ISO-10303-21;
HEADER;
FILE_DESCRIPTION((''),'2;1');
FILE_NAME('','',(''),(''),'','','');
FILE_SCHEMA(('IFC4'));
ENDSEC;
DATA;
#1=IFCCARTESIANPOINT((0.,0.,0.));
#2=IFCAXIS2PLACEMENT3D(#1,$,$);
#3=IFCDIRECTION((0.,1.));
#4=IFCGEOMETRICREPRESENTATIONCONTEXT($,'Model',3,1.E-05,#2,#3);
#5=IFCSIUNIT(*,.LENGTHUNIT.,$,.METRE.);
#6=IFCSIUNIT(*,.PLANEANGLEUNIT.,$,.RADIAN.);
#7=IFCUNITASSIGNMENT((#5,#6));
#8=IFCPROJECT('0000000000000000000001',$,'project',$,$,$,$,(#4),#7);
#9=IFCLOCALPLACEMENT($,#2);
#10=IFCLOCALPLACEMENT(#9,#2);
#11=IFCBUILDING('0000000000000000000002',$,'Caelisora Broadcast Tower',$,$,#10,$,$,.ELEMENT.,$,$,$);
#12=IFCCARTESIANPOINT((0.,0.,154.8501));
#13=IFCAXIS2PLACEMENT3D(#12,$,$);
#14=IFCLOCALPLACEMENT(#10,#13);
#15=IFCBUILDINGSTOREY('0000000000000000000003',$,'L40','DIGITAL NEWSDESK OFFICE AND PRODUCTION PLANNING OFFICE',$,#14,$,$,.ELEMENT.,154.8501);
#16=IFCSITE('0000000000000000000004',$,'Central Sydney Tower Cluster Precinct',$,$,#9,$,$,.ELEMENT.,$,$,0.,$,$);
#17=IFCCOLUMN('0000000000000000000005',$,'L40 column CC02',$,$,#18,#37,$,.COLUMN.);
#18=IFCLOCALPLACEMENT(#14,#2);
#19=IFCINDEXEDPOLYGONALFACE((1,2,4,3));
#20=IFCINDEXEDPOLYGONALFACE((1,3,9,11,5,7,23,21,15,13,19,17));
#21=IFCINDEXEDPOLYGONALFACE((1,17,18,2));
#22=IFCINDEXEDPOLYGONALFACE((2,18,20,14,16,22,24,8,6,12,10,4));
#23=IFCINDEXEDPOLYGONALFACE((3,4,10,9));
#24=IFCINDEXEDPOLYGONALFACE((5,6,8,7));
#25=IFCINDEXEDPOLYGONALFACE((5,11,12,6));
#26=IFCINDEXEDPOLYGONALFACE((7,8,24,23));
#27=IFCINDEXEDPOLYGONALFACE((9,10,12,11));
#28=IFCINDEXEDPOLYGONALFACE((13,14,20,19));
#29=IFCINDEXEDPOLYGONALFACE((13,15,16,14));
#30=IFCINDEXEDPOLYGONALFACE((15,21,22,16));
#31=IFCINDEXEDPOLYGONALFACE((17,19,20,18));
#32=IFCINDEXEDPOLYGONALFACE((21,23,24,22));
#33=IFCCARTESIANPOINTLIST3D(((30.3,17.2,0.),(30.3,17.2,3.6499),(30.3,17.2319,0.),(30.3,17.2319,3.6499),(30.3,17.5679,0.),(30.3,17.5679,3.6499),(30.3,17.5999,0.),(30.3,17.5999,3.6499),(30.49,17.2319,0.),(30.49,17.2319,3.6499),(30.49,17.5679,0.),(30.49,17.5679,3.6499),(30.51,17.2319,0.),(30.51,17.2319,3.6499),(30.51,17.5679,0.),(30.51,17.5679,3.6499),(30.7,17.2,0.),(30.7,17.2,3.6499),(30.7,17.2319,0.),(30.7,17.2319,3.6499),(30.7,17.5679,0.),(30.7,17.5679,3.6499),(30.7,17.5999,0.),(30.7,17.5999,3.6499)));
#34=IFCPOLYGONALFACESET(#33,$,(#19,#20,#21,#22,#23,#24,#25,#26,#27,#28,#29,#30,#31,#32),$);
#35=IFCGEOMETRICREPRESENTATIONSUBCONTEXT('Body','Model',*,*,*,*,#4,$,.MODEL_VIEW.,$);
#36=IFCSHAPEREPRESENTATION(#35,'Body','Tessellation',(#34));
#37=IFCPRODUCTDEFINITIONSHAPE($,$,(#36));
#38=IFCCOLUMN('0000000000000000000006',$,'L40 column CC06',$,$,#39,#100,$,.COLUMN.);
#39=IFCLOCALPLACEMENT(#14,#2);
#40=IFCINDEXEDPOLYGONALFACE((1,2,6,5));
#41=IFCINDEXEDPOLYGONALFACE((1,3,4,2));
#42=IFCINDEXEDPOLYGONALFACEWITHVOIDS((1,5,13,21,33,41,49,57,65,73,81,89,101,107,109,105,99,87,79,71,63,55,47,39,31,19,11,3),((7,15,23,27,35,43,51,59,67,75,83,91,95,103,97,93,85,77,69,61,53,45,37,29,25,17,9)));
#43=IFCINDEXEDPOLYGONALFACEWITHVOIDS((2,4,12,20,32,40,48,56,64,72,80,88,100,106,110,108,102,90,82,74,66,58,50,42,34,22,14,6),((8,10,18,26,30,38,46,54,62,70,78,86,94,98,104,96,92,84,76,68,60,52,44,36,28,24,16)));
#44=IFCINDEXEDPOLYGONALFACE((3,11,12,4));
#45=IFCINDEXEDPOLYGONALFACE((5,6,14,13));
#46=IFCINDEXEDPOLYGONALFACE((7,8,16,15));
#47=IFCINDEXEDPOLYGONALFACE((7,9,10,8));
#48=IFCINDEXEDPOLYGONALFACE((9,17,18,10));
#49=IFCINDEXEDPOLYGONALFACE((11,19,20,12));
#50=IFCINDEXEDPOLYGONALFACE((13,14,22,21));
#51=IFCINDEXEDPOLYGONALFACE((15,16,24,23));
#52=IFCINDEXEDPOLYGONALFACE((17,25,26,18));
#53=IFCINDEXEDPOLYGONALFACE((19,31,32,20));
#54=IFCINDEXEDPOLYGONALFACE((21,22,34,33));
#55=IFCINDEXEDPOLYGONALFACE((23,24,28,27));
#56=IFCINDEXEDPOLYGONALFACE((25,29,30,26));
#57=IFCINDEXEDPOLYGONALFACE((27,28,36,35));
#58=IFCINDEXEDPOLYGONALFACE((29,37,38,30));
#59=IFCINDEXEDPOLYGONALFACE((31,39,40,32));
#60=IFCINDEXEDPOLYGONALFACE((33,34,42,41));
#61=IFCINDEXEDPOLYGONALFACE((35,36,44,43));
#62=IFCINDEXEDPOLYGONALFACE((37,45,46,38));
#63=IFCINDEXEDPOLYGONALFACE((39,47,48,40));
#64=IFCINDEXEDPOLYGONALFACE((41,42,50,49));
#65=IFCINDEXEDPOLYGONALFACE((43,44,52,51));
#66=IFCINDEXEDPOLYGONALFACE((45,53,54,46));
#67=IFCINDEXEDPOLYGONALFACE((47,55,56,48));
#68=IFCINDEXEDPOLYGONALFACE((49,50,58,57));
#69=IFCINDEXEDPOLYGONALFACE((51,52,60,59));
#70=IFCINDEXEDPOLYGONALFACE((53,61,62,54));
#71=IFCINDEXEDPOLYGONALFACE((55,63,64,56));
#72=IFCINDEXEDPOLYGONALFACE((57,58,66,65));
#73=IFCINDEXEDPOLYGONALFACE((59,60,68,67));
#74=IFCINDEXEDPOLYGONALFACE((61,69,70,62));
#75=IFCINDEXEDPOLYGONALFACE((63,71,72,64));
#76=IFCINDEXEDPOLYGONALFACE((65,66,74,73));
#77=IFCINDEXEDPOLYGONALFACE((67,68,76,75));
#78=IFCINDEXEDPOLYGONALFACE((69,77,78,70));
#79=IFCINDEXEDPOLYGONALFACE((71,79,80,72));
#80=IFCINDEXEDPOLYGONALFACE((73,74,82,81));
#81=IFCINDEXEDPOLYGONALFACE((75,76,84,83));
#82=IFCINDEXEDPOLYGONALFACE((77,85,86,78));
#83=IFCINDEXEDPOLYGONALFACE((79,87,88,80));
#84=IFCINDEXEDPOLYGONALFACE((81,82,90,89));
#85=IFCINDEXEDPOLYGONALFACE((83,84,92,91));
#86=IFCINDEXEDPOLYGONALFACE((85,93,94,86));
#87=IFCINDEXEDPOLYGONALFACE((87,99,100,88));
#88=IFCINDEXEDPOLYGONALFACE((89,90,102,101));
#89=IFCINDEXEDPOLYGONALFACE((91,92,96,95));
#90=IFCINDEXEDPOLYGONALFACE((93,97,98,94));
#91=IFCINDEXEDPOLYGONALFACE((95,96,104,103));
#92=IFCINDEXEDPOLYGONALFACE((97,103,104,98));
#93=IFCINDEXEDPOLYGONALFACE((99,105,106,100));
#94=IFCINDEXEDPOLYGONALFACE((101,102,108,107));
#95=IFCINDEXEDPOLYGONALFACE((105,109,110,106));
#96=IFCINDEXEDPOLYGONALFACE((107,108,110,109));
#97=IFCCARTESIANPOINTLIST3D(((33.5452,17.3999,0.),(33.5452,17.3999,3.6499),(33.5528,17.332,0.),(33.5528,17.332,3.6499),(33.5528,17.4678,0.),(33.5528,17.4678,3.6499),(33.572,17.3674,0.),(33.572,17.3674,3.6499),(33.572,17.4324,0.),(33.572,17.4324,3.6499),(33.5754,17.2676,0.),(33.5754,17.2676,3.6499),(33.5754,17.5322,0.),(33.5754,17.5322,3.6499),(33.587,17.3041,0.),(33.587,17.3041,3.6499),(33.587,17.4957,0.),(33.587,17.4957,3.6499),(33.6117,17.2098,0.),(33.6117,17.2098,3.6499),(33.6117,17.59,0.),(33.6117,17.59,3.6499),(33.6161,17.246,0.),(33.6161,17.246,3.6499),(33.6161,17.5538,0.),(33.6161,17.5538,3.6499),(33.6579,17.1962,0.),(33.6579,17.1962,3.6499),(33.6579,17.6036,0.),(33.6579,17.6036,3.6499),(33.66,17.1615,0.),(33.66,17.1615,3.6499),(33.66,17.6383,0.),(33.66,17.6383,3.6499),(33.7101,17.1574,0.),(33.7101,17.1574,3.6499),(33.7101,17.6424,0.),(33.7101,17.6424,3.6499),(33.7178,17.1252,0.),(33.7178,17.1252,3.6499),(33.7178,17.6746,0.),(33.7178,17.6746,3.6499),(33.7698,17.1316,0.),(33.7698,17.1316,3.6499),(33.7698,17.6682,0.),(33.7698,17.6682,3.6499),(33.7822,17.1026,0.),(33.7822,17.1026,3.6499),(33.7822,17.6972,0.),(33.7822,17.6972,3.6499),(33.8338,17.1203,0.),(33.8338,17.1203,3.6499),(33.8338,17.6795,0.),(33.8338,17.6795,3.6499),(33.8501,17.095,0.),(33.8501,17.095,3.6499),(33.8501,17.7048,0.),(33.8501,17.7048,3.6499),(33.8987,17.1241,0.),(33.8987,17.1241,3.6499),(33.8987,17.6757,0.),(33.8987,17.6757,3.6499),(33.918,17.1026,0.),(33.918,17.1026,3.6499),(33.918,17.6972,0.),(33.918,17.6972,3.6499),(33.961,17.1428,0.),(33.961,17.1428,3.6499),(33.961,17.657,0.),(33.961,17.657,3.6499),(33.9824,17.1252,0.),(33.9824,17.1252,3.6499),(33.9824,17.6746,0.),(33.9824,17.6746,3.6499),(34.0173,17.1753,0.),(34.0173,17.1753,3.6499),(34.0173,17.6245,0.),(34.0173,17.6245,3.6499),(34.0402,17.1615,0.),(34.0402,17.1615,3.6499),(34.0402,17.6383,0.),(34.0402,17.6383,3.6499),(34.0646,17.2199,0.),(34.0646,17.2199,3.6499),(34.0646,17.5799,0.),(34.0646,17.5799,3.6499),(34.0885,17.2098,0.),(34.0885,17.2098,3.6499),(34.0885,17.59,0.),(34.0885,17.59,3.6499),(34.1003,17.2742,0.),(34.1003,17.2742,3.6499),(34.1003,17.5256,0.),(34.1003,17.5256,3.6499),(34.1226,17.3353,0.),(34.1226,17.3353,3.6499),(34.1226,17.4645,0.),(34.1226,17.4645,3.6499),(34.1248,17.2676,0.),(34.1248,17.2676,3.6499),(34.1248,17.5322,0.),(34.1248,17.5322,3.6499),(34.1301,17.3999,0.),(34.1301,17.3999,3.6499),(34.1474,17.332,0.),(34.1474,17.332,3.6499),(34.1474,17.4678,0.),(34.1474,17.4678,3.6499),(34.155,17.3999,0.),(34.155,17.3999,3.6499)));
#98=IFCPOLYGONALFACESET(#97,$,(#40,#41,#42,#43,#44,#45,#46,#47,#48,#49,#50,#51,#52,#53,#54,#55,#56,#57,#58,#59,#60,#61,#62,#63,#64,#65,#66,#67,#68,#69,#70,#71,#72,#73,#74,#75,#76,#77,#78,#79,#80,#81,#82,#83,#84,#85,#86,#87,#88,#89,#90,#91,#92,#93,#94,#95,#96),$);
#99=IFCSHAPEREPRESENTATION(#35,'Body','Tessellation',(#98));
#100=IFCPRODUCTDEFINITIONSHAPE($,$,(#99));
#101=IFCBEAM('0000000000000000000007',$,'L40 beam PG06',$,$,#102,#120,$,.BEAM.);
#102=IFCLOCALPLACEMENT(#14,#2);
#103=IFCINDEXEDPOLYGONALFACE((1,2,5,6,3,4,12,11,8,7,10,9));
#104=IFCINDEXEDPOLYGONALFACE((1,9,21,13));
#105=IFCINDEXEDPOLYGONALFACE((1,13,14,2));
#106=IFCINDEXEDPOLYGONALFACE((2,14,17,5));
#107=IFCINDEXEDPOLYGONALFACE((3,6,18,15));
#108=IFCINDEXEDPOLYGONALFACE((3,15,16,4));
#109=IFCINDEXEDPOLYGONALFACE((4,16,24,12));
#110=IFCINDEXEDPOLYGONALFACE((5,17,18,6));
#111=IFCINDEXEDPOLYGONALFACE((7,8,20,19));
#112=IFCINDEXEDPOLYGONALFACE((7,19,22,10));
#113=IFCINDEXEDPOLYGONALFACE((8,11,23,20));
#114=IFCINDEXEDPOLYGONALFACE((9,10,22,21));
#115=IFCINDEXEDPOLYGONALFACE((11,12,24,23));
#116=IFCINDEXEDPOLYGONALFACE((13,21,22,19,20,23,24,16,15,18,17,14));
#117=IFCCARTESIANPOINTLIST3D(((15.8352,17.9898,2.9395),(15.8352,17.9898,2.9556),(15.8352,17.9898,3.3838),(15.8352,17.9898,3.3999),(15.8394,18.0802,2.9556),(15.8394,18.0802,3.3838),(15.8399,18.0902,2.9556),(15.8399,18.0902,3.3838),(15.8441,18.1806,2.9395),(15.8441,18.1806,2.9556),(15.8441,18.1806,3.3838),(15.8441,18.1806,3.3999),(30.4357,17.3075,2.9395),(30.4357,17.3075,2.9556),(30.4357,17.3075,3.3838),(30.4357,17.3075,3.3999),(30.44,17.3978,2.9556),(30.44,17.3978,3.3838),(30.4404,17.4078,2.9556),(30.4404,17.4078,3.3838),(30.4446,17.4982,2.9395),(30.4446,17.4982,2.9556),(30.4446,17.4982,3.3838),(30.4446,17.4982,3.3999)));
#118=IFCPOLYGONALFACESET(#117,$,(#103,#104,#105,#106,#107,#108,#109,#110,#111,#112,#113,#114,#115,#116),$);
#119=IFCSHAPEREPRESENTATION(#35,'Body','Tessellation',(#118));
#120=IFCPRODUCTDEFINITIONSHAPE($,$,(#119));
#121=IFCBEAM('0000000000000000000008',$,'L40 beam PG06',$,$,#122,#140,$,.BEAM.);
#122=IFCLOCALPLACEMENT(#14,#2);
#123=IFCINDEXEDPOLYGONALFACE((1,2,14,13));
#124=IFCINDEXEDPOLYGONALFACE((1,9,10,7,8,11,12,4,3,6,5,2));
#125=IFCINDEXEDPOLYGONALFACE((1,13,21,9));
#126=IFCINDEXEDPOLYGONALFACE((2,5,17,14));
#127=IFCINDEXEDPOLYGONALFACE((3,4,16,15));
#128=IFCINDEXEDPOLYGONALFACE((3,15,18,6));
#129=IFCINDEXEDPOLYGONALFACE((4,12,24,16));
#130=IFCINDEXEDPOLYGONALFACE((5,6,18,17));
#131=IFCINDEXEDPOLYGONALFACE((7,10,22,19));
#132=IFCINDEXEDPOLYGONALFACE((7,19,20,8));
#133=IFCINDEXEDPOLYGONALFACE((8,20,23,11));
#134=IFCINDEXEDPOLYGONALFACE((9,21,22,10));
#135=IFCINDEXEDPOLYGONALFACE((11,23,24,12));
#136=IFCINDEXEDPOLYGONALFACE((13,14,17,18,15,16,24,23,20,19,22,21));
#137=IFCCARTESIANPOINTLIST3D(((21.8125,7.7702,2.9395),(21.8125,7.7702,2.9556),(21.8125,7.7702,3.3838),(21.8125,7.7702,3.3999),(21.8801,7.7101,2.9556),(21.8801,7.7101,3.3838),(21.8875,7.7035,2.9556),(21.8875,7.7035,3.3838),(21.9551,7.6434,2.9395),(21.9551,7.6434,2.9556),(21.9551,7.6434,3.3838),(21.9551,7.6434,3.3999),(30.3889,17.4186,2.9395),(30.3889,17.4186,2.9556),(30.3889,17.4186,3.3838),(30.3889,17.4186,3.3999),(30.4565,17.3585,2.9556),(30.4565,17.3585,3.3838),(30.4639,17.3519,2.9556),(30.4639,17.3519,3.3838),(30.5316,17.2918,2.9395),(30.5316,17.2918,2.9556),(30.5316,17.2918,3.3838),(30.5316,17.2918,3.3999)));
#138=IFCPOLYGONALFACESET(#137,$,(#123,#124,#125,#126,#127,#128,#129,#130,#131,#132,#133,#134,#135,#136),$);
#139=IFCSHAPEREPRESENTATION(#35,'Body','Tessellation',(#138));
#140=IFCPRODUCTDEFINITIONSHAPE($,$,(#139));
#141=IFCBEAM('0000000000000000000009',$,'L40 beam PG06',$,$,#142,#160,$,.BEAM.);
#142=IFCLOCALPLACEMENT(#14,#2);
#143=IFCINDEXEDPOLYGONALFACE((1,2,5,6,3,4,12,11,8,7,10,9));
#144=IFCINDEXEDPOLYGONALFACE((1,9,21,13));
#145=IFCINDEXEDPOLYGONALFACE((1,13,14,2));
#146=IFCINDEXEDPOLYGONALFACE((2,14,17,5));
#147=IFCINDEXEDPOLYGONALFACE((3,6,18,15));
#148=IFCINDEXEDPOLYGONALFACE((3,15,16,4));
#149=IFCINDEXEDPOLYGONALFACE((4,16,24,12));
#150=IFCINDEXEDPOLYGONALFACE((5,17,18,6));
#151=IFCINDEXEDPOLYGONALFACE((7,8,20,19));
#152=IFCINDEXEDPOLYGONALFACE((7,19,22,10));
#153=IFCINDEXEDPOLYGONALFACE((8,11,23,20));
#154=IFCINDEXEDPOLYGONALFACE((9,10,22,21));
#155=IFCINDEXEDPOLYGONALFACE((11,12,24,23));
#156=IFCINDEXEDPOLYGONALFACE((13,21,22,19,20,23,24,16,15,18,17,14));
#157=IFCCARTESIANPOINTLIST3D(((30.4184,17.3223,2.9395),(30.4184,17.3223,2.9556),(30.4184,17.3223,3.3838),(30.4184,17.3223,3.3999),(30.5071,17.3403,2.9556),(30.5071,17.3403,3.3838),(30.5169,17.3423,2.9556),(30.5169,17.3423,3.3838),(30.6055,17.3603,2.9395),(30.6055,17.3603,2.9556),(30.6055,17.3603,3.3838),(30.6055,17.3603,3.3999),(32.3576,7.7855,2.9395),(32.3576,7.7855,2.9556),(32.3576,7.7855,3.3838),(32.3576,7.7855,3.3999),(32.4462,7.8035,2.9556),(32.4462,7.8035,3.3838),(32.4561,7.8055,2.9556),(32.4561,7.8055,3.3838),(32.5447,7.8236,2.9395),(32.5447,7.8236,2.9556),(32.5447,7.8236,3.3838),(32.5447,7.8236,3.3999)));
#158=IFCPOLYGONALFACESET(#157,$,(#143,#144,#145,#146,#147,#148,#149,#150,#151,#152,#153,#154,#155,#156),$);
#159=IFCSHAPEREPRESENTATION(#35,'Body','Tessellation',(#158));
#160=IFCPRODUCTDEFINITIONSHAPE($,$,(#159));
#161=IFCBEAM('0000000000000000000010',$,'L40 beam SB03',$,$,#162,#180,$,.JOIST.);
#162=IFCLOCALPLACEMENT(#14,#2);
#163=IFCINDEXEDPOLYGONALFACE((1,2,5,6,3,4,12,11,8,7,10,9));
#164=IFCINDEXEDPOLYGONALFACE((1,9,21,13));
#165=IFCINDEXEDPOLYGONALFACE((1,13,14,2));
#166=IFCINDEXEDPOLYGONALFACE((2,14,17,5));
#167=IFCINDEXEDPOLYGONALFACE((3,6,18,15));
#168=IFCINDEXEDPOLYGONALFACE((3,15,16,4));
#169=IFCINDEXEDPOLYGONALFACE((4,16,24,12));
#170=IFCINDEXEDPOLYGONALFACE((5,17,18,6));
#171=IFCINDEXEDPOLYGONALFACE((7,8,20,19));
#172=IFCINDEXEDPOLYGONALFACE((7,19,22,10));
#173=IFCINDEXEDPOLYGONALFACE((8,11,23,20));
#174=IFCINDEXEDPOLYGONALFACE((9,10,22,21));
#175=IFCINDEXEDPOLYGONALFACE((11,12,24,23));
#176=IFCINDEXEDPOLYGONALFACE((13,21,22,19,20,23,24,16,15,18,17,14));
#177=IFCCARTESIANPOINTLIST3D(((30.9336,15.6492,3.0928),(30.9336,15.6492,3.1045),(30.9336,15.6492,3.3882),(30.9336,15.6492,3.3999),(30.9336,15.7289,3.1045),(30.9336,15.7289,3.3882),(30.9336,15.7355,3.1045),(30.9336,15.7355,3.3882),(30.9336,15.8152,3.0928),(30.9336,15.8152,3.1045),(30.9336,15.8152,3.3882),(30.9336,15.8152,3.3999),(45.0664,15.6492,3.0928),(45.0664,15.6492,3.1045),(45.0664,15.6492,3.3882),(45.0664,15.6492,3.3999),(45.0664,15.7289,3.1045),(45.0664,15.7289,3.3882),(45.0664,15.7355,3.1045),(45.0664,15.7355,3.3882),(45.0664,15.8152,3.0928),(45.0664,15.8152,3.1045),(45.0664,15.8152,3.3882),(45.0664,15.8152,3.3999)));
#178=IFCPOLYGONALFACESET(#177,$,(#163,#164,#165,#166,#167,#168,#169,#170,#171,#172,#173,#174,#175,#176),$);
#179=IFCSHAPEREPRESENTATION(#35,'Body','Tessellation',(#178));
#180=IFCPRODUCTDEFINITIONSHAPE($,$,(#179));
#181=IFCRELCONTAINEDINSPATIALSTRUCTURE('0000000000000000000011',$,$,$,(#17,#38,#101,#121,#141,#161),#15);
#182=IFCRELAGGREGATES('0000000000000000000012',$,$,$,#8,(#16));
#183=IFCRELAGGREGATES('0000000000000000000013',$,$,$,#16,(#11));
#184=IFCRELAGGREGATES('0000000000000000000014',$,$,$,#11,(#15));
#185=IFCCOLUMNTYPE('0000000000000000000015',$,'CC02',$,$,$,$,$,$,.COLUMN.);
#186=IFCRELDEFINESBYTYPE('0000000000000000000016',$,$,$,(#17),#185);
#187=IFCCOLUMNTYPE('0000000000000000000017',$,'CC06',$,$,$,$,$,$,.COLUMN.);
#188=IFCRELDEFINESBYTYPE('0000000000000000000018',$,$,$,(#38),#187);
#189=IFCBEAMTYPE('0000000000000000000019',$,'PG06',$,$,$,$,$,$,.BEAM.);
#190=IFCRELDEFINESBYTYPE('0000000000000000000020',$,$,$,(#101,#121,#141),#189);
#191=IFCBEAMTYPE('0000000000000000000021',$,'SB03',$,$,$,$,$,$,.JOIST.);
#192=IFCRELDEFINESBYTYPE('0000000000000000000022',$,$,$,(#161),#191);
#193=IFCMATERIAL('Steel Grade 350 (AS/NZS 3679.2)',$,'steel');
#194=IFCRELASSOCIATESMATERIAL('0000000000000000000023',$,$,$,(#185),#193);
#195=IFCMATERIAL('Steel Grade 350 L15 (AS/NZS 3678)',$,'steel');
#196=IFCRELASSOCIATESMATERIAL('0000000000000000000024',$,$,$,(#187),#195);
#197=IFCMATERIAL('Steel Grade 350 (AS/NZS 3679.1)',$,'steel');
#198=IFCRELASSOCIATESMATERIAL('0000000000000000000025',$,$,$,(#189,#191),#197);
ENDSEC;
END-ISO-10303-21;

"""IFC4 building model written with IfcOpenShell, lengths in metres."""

from ifc_helpers import new_model, si_unit, direction, frame, origin, origin_2d, place, context, subcontext, project, spatial, hollow_circle, i_section, extrude, source, transform, mapped, material, material_profile, profile_set, type_object, type_shapes, element, save


model = new_model("IFC4")

# Units and contexts
model_context = context("Model", 3, precision=1e-05, world=origin(), true_north=direction((0.0, 1.0)))
body_context = subcontext(model_context, "Body", "Model", "MODEL_VIEW")
ifc_project = project(units=[si_unit("LENGTHUNIT", "METRE"), si_unit("PLANEANGLEUNIT", "RADIAN")], contexts=[model_context])

# Site, building, storey
site_placement = place(None, origin())
site = spatial("IfcSite", under=ifc_project, at=site_placement, Name="Central Sydney Tower Cluster Precinct", CompositionType="ELEMENT", RefElevation=0.0)
building_placement = place(site_placement, origin())
building = spatial("IfcBuilding", under=site, at=building_placement, Name="Caelisora Broadcast Tower", CompositionType="ELEMENT")
storey_placement = place(building_placement, frame((0.0, 0.0, 154.8501)))
storey = spatial("IfcBuildingStorey", under=building, at=storey_placement, Name="L40", Description="DIGITAL NEWSDESK OFFICE AND PRODUCTION PLANNING OFFICE", CompositionType="ELEMENT", Elevation=154.8501)

# Columns
ifc_material_1 = material(Name="Steel Grade 350 (AS/NZS 3679.2)", Category="steel")
ifc_material_profile_1 = material_profile(ifc_material_1, i_section(OverallWidth=0.3999, OverallDepth=0.3999, WebThickness=0.02, FlangeThickness=0.032, at=origin_2d()), Name="Steel Grade 350 (AS/NZS 3679.2)")
ifc_profile_set_1 = profile_set([ifc_material_profile_1], Name="Steel Grade 350 (AS/NZS 3679.2)")
column_type_1 = type_object("IfcColumnType", Name="CC02", PredefinedType="COLUMN", material=ifc_profile_set_1)
shared_shape_1 = source(origin(), body_context, "Body", "SweptSolid", [
    extrude(i_section(OverallWidth=0.3999, OverallDepth=0.3999, WebThickness=0.02, FlangeThickness=0.032, at=origin_2d()), origin(), (0.0, 0.0, 1.0), 3.6499),
])
type_shapes(column_type_1, [shared_shape_1])
column_1_placement = place(storey_placement, frame((30.5, 17.3999, 0.0), z_axis=(0.0, 0.0, 1.0), x_axis=(1.0, 0.0, 0.0)))
element("IfcColumn", 1, at=column_1_placement, inside=storey, type_object=column_type_1, Name="L40 column CC02", PredefinedType="COLUMN", context=body_context, shape_type="MappedRepresentation", body=[
    mapped(shared_shape_1, transform((0.0, 0.0, 0.0), scale=1.0)),
])
ifc_material_2 = material(Name="Steel Grade 350 L15 (AS/NZS 3678)", Category="steel")
ifc_material_profile_2 = material_profile(ifc_material_2, hollow_circle(Radius=0.3049, WallThickness=0.0249, at=origin_2d()), Name="Steel Grade 350 L15 (AS/NZS 3678)")
ifc_profile_set_2 = profile_set([ifc_material_profile_2], Name="Steel Grade 350 L15 (AS/NZS 3678)")
column_type_2 = type_object("IfcColumnType", Name="CC06", PredefinedType="COLUMN", material=ifc_profile_set_2)
shared_shape_2 = source(origin(), body_context, "Body", "SweptSolid", [
    extrude(hollow_circle(Radius=0.3049, WallThickness=0.0249, at=origin_2d()), origin(), (0.0, 0.0, 1.0), 3.6499),
])
type_shapes(column_type_2, [shared_shape_2])
column_2_placement = place(storey_placement, frame((33.8501, 17.3999, 0.0), z_axis=(0.0, 0.0, 1.0), x_axis=(1.0, 0.0, 0.0)))
element("IfcColumn", 2, at=column_2_placement, inside=storey, type_object=column_type_2, Name="L40 column CC06", PredefinedType="COLUMN", context=body_context, shape_type="MappedRepresentation", body=[
    mapped(shared_shape_2, transform((0.0, 0.0, 0.0), scale=1.0)),
])

# Beams
ifc_material_3 = material(Name="Steel Grade 350 (AS/NZS 3679.1)", Category="steel")
ifc_material_profile_3 = material_profile(ifc_material_3, i_section(OverallWidth=0.1909, OverallDepth=0.4604, WebThickness=0.01, FlangeThickness=0.0161, at=origin_2d()), Name="Steel Grade 350 (AS/NZS 3679.1)")
ifc_profile_set_3 = profile_set([ifc_material_profile_3], Name="Steel Grade 350 (AS/NZS 3679.1)")
beam_type_1 = type_object("IfcBeamType", Name="PG06", PredefinedType="BEAM", material=ifc_profile_set_3)
shared_shape_3 = source(origin(), body_context, "Body", "SweptSolid", [
    extrude(i_section(OverallWidth=0.1909, OverallDepth=0.4604, WebThickness=0.01, FlangeThickness=0.0161, at=origin_2d()), origin(), (0.0, 0.0, 1.0), 14.6165),
])
beam_1_placement = place(storey_placement, frame((30.4402, 17.4028, 3.1697), z_axis=(-0.99891, 0.046685, 0.0), x_axis=(-0.046685, -0.99891, 0.0)))
element("IfcBeam", 3, at=beam_1_placement, inside=storey, type_object=beam_type_1, Name="L40 beam PG06", PredefinedType="BEAM", context=body_context, shape_type="MappedRepresentation", body=[
    mapped(shared_shape_3, transform((0.0, 0.0, 0.0), scale=1.0)),
])
shared_shape_4 = source(origin(), body_context, "Body", "SweptSolid", [
    extrude(i_section(OverallWidth=0.1909, OverallDepth=0.4604, WebThickness=0.01, FlangeThickness=0.0161, at=origin_2d()), origin(), (0.0, 0.0, 1.0), 12.9092),
])
beam_2_placement = place(storey_placement, frame((30.4602, 17.3552, 3.1697), z_axis=(-0.664365, -0.747408, 0.0), x_axis=(0.747408, -0.664365, 0.0)))
element("IfcBeam", 4, at=beam_2_placement, inside=storey, type_object=beam_type_1, Name="L40 beam PG06", PredefinedType="BEAM", context=body_context, shape_type="MappedRepresentation", body=[
    mapped(shared_shape_4, transform((0.0, 0.0, 0.0), scale=1.0)),
])
shared_shape_5 = source(origin(), body_context, "Body", "SweptSolid", [
    extrude(i_section(OverallWidth=0.1909, OverallDepth=0.4604, WebThickness=0.01, FlangeThickness=0.0161, at=origin_2d()), origin(), (0.0, 0.0, 1.0), 9.7319),
])
type_shapes(beam_type_1, [shared_shape_3, shared_shape_4, shared_shape_5])
beam_3_placement = place(storey_placement, frame((30.512, 17.3413, 3.1697), z_axis=(0.199261, -0.979947, 0.0), x_axis=(0.979947, 0.199261, 0.0)))
element("IfcBeam", 5, at=beam_3_placement, inside=storey, type_object=beam_type_1, Name="L40 beam PG06", PredefinedType="BEAM", context=body_context, shape_type="MappedRepresentation", body=[
    mapped(shared_shape_5, transform((0.0, 0.0, 0.0), scale=1.0)),
])
ifc_material_profile_4 = material_profile(ifc_material_3, i_section(OverallWidth=0.166, OverallDepth=0.3071, WebThickness=0.0066, FlangeThickness=0.0117, at=origin_2d()), Name="Steel Grade 350 (AS/NZS 3679.1)")
ifc_profile_set_4 = profile_set([ifc_material_profile_4], Name="Steel Grade 350 (AS/NZS 3679.1)")
beam_type_2 = type_object("IfcBeamType", Name="SB03", PredefinedType="JOIST", material=ifc_profile_set_4)
shared_shape_6 = source(origin(), body_context, "Body", "SweptSolid", [
    extrude(i_section(OverallWidth=0.166, OverallDepth=0.3071, WebThickness=0.0066, FlangeThickness=0.0117, at=origin_2d()), origin(), (0.0, 0.0, 1.0), 14.1328),
])
type_shapes(beam_type_2, [shared_shape_6])
beam_4_placement = place(storey_placement, frame((30.9336, 15.7322, 3.2463), z_axis=(1.0, 0.0, 0.0), x_axis=(0.0, 1.0, 0.0)))
element("IfcBeam", 6, at=beam_4_placement, inside=storey, type_object=beam_type_2, Name="L40 beam SB03", PredefinedType="JOIST", context=body_context, shape_type="MappedRepresentation", body=[
    mapped(shared_shape_6, transform((0.0, 0.0, 0.0), scale=1.0)),
])

save(model, "model.ifc")
